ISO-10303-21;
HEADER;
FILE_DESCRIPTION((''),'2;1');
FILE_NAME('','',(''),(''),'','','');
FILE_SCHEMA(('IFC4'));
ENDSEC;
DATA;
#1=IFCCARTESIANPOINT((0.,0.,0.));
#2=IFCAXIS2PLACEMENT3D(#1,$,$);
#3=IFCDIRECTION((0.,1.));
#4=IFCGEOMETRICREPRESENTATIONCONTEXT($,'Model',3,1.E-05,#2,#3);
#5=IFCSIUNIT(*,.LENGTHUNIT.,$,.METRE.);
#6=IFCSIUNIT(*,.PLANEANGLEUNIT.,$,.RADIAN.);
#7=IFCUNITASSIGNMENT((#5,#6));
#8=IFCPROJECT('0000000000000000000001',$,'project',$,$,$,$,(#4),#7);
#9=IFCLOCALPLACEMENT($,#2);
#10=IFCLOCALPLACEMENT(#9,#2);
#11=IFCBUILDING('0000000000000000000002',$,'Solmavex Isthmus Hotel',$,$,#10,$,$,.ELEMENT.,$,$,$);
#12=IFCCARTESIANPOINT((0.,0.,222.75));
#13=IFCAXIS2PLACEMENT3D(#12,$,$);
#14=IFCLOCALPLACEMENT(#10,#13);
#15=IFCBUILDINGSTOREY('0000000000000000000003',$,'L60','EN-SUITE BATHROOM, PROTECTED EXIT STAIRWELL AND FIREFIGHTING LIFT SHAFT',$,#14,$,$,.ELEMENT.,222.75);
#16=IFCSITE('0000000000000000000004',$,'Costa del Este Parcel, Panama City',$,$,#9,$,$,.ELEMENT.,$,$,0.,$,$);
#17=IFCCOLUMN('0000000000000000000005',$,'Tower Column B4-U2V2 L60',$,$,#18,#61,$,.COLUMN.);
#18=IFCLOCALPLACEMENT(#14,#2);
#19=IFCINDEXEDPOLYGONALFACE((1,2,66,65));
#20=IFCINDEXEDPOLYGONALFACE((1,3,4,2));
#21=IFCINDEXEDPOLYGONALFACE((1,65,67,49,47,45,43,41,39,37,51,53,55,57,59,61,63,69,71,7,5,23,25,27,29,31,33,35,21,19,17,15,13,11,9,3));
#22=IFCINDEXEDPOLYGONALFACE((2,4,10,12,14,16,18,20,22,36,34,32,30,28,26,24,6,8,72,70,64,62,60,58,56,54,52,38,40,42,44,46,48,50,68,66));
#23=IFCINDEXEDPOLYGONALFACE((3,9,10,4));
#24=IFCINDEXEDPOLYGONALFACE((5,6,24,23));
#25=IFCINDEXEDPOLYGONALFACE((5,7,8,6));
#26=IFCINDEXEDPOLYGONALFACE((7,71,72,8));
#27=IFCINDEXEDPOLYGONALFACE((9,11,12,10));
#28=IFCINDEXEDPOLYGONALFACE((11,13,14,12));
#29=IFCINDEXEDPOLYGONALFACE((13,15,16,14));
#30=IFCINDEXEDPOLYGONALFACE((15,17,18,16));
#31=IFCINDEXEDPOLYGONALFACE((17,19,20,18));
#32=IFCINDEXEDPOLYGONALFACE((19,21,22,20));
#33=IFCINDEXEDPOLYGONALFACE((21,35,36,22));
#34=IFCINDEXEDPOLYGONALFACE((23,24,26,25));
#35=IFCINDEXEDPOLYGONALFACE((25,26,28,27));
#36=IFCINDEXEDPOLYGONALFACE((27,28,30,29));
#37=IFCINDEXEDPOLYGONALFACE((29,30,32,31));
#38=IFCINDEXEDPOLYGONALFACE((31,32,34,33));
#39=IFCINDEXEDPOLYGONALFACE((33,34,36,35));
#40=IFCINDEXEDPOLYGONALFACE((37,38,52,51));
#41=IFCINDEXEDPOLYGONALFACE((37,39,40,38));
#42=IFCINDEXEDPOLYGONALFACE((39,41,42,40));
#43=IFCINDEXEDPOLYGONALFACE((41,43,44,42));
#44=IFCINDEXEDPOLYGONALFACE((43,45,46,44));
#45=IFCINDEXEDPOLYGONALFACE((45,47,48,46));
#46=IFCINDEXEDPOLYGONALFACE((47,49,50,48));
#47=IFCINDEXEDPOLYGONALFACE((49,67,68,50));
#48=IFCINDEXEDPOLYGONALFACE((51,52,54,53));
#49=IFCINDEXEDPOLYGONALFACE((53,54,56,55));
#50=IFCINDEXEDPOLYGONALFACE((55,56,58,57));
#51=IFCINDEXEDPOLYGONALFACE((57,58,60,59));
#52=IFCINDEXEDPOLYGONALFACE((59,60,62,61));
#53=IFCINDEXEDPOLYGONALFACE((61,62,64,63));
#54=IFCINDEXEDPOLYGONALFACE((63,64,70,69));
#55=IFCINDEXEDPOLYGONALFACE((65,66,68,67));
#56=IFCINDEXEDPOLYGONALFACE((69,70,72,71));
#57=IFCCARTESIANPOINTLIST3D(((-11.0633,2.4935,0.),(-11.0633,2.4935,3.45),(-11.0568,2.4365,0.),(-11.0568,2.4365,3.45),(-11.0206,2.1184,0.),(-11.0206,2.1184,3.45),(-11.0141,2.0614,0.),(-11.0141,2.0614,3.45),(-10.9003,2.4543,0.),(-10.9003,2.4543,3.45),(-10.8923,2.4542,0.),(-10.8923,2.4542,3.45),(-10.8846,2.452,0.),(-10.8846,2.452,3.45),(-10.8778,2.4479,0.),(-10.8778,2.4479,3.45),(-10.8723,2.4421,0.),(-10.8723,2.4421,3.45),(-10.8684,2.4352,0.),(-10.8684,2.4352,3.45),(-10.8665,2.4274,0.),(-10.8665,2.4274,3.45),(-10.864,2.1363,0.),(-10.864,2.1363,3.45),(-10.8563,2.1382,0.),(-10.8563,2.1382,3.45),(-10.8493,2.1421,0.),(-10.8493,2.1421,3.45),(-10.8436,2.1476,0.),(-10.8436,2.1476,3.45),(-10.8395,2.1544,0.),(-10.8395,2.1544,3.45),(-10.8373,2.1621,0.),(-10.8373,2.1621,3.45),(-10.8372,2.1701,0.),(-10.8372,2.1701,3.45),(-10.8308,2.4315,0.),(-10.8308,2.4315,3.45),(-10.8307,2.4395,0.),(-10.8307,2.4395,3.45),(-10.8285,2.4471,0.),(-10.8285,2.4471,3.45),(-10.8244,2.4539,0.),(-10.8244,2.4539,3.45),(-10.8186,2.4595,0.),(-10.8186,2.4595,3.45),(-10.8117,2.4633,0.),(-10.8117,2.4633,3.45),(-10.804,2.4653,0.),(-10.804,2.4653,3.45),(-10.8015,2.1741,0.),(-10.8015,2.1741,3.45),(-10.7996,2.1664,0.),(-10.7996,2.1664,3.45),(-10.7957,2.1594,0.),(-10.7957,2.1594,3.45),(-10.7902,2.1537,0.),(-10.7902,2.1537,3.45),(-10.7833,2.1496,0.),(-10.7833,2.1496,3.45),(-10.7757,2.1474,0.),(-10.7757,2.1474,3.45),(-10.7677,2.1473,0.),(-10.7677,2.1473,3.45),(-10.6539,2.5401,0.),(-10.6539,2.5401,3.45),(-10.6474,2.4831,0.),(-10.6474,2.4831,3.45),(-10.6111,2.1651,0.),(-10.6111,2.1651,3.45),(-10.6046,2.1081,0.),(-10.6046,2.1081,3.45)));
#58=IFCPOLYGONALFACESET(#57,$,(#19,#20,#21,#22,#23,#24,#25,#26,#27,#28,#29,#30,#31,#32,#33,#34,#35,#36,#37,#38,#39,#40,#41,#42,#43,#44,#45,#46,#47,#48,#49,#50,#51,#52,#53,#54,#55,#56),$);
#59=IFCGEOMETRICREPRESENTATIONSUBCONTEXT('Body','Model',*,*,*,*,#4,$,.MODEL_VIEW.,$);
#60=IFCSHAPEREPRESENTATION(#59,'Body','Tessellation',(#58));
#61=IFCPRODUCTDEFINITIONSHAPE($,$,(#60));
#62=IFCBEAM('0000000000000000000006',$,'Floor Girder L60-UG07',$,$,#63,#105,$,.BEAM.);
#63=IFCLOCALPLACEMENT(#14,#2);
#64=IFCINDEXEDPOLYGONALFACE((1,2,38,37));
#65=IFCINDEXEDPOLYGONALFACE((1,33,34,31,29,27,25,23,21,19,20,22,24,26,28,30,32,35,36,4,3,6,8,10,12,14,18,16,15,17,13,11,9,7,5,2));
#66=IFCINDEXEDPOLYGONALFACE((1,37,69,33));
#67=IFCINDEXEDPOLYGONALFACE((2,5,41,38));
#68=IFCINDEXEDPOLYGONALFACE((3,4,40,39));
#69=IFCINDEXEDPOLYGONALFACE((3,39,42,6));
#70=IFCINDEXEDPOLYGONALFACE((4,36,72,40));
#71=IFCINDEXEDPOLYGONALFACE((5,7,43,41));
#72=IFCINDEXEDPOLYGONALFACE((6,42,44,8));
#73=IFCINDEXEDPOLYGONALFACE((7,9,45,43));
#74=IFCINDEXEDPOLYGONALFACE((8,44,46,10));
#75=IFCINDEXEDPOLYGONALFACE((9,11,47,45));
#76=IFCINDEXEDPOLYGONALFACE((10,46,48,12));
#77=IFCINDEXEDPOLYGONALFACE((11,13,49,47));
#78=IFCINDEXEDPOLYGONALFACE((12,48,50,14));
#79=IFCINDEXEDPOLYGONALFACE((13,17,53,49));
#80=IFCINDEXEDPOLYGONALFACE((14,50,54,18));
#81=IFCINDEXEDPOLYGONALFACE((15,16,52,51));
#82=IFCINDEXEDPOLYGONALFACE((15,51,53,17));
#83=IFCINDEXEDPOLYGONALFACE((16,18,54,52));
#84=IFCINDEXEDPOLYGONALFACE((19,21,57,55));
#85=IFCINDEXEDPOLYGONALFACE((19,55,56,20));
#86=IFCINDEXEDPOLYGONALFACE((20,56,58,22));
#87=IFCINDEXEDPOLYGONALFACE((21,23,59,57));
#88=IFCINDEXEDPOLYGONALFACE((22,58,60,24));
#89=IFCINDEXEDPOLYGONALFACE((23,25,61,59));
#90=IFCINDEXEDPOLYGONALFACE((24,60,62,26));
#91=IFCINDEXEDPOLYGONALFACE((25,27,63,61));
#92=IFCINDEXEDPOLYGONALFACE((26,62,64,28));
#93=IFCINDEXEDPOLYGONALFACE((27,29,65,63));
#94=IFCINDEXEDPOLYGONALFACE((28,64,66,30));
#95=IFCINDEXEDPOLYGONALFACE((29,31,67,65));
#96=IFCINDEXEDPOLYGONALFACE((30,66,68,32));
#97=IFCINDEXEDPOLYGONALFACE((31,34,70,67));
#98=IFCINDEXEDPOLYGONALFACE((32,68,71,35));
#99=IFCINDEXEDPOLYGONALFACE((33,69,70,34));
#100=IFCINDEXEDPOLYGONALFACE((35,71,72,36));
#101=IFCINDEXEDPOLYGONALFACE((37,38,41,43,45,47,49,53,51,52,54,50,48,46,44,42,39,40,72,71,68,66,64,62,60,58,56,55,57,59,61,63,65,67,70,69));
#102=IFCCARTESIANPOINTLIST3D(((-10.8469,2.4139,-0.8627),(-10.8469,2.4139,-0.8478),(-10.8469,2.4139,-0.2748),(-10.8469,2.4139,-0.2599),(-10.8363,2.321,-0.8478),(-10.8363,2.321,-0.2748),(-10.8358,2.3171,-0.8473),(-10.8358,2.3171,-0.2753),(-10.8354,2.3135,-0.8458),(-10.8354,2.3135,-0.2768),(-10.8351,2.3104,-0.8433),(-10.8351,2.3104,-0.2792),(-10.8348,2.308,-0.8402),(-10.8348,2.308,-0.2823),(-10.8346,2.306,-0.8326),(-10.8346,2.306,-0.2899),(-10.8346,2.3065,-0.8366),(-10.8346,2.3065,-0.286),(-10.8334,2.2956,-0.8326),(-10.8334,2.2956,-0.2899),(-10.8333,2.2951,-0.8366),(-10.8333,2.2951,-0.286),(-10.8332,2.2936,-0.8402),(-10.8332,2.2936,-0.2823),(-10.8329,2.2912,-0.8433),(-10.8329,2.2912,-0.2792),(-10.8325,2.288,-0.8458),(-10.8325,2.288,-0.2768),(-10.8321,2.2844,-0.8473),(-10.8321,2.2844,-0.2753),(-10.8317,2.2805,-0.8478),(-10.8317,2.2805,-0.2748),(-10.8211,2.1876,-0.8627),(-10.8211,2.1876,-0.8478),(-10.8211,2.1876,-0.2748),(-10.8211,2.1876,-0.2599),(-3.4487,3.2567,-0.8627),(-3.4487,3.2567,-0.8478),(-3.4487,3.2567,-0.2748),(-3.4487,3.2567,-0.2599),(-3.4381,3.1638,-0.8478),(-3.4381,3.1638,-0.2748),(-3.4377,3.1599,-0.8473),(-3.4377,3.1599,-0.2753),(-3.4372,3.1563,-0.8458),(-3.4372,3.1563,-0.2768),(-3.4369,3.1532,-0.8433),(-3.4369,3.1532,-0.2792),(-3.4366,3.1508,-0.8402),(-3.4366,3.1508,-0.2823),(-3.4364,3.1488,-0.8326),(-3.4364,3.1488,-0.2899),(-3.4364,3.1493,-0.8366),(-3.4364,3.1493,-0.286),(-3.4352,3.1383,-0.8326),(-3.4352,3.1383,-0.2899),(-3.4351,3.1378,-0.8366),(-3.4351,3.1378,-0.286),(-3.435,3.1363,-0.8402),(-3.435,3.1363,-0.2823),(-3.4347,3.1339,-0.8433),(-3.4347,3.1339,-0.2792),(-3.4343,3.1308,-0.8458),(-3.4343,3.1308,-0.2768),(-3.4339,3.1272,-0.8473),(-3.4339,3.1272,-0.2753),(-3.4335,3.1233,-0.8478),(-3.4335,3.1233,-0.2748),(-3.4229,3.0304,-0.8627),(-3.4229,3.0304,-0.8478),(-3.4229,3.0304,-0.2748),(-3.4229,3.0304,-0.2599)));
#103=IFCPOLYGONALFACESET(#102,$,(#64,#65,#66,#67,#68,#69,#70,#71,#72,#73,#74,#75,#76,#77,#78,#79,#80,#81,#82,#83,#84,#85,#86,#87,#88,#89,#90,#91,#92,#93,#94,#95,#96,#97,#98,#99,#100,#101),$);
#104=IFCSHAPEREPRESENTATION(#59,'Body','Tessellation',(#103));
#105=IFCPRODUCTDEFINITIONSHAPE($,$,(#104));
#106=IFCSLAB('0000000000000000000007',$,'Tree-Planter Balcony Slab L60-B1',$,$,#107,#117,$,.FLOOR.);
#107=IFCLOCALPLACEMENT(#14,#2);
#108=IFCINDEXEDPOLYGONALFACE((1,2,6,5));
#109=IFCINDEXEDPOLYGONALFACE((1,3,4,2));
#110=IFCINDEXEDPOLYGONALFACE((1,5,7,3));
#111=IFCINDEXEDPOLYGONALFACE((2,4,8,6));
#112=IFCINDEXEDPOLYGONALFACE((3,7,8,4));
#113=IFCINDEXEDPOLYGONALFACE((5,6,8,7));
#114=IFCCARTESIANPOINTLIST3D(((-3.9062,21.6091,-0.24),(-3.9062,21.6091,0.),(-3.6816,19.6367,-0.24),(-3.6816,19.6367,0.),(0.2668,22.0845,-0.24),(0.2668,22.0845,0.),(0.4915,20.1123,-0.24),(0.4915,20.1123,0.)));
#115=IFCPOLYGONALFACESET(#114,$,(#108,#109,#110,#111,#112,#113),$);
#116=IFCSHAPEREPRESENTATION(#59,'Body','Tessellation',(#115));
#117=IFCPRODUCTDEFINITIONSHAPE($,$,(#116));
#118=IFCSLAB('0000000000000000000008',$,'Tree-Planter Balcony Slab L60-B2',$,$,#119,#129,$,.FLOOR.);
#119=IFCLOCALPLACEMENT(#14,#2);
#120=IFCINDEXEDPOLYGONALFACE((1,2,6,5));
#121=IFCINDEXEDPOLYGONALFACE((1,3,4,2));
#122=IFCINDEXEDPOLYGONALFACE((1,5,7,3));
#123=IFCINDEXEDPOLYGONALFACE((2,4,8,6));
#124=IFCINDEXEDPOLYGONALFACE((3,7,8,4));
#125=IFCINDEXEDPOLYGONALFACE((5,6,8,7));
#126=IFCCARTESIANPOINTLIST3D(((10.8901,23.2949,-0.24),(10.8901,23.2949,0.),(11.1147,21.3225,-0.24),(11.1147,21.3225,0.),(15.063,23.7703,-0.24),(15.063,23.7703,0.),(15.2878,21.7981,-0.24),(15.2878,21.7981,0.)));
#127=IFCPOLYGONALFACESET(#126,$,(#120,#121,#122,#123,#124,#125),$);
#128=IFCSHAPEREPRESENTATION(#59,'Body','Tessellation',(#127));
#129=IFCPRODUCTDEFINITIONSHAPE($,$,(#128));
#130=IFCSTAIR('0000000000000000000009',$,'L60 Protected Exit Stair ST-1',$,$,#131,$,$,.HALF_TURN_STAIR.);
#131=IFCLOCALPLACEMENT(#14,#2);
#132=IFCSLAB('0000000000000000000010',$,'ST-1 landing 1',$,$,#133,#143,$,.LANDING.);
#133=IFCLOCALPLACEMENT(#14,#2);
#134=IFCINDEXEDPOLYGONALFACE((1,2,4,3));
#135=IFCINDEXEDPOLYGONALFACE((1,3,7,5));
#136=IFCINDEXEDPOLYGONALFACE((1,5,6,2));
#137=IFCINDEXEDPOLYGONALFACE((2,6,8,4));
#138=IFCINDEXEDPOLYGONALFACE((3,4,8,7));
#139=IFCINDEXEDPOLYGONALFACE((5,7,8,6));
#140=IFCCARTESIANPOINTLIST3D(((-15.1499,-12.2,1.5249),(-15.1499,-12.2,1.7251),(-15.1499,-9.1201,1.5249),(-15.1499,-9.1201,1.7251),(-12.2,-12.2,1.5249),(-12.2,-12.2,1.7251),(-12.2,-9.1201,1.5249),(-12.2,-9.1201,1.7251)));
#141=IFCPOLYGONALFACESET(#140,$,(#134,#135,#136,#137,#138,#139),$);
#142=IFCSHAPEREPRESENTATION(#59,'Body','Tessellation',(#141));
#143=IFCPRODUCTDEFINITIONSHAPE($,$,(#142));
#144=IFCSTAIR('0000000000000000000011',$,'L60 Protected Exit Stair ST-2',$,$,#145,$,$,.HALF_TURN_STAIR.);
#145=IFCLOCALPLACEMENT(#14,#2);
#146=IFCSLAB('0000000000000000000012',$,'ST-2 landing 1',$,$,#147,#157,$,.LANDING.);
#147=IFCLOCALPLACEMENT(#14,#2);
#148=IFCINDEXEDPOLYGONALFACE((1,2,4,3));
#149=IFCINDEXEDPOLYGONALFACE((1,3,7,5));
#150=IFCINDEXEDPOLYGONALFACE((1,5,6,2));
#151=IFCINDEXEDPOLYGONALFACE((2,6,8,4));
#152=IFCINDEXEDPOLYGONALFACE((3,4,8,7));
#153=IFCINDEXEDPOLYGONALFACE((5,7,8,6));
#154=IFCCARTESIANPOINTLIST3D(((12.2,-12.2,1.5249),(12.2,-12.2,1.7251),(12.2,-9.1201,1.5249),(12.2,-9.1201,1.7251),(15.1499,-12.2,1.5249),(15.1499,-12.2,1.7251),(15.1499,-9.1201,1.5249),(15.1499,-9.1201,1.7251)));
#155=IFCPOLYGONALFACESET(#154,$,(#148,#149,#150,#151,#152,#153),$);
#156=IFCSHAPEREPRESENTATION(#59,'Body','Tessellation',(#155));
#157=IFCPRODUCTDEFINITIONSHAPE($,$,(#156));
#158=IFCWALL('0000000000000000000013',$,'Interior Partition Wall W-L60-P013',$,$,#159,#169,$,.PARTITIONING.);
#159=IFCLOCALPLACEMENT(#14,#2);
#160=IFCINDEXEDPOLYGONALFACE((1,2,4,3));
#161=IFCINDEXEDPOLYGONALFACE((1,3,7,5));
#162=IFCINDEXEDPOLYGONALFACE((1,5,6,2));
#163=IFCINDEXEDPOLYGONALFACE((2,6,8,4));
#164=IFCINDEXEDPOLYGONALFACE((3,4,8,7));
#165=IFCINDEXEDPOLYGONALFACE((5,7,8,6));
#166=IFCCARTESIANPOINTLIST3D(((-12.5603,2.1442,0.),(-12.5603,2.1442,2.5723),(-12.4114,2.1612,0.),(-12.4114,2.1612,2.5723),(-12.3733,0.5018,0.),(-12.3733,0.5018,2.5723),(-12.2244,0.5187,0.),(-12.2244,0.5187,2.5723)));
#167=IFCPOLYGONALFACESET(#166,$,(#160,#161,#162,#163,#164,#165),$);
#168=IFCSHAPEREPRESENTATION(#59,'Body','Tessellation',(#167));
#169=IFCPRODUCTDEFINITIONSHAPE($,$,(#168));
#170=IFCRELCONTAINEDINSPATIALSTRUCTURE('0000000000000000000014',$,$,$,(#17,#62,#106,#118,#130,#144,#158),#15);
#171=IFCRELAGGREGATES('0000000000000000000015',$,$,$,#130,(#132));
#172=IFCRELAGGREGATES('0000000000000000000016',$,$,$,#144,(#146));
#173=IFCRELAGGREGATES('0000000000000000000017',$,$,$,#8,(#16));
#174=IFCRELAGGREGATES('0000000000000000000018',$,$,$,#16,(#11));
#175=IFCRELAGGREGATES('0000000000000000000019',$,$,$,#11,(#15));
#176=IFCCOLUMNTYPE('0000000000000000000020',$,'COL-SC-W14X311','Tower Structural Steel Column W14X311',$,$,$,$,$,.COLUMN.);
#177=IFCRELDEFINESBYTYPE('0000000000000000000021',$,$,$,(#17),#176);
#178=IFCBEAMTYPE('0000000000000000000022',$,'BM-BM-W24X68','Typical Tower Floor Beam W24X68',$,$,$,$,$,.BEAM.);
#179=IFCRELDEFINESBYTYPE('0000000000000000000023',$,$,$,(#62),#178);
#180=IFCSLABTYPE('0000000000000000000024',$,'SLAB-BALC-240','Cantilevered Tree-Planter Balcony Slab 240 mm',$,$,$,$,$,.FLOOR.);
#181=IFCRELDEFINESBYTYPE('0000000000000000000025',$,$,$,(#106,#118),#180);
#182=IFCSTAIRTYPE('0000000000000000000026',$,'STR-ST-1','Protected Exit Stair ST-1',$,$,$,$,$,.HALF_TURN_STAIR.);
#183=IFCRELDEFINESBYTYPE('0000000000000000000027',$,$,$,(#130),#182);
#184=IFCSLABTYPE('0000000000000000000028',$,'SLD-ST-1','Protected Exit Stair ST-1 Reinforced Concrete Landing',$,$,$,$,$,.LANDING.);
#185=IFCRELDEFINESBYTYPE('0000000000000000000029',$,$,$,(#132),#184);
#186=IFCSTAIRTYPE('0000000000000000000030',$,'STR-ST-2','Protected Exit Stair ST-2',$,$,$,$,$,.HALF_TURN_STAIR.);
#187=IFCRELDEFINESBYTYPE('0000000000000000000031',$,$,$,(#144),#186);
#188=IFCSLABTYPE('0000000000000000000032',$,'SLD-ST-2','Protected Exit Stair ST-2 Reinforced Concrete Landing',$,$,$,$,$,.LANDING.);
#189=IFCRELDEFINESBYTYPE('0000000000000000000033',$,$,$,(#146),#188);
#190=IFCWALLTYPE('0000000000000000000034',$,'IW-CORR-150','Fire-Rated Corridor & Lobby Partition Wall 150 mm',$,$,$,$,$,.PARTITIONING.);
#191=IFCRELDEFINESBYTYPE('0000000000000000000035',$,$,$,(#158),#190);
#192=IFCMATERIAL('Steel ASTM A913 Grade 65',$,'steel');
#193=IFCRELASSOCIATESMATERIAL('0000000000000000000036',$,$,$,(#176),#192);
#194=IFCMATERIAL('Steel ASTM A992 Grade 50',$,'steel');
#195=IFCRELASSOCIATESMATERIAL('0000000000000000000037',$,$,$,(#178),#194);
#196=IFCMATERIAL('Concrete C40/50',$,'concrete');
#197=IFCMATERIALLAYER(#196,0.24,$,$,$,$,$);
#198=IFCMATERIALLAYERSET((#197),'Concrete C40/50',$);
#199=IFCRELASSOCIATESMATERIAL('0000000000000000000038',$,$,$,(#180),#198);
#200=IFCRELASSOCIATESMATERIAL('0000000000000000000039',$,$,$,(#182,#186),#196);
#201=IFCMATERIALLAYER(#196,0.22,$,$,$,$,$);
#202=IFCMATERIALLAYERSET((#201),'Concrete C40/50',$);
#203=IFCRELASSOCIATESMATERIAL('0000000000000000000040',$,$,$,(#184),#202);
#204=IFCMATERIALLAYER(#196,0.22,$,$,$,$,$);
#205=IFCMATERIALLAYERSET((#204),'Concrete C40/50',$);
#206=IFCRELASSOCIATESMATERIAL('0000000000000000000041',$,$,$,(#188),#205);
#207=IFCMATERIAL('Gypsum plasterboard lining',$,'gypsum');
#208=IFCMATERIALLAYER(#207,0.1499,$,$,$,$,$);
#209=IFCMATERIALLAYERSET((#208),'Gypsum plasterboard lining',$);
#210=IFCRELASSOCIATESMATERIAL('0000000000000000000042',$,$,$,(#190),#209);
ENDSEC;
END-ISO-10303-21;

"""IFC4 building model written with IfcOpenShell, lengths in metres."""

from ifc_helpers import new_model, si_unit, direction, frame, frame_2d, origin, origin_2d, place, context, subcontext, project, spatial, polyline, rectangle, i_section, outline, extrude, material, layer, layer_set, material_profile, profile_set, type_object, element, aggregate, save


model = new_model("IFC4")

# Units and contexts
model_context = context("Model", 3, precision=1e-05, world=origin(), true_north=direction((0.0, 1.0)))
body_context = subcontext(model_context, "Body", "Model", "MODEL_VIEW")
ifc_project = project(units=[si_unit("LENGTHUNIT", "METRE"), si_unit("PLANEANGLEUNIT", "RADIAN")], contexts=[model_context])

# Site, building, storey
site_placement = place(None, origin())
site = spatial("IfcSite", under=ifc_project, at=site_placement, Name="Costa del Este Parcel, Panama City", CompositionType="ELEMENT", RefElevation=0.0)
building_placement = place(site_placement, origin())
building = spatial("IfcBuilding", under=site, at=building_placement, Name="Solmavex Isthmus Hotel", CompositionType="ELEMENT")
storey_placement = place(building_placement, frame((0.0, 0.0, 222.75)))
storey = spatial("IfcBuildingStorey", under=building, at=storey_placement, Name="L60", Description="EN-SUITE BATHROOM, PROTECTED EXIT STAIRWELL AND FIREFIGHTING LIFT SHAFT", CompositionType="ELEMENT", Elevation=222.75)

# Column
ifc_material_1 = material(Name="Steel ASTM A913 Grade 65", Category="steel")
ifc_material_profile_1 = material_profile(ifc_material_1, i_section(OverallWidth=0.4121, OverallDepth=0.4348, WebThickness=0.0359, FlangeThickness=0.0574, FilletRadius=0.0305, at=origin_2d()), Name="W14X311")
ifc_profile_set_1 = profile_set([ifc_material_profile_1], Name="Steel ASTM A913 Grade 65")
column_type = type_object("IfcColumnType", Name="COL-SC-W14X311", Description="Tower Structural Steel Column W14X311", PredefinedType="COLUMN", material=ifc_profile_set_1)
column_placement = place(storey_placement, frame((-10.834, 2.3008, 0.0), z_axis=(0.0, 0.0, 1.0), x_axis=(0.993572, 0.113203, 0.0)))
element("IfcColumn", 1, at=column_placement, inside=storey, type_object=column_type, Name="Tower Column B4-U2V2 L60", PredefinedType="COLUMN", context=body_context, shape_type="SweptSolid", body=[
    extrude(i_section(OverallWidth=0.4121, OverallDepth=0.4348, WebThickness=0.0359, FlangeThickness=0.0574, FilletRadius=0.0305, at=origin_2d()), origin(), (0.0, 0.0, 1.0), 3.45),
])

# Beam
ifc_material_2 = material(Name="Steel ASTM A992 Grade 50", Category="steel")
ifc_material_profile_2 = material_profile(ifc_material_2, i_section(OverallWidth=0.2278, OverallDepth=0.6028, WebThickness=0.0105, FlangeThickness=0.0149, FilletRadius=0.0151, at=origin_2d()), Name="W24X68")
ifc_profile_set_2 = profile_set([ifc_material_profile_2], Name="Steel ASTM A992 Grade 50")
beam_type = type_object("IfcBeamType", Name="BM-BM-W24X68", Description="Typical Tower Floor Beam W24X68", PredefinedType="BEAM", material=ifc_profile_set_2)
beam_placement = place(storey_placement, frame((-10.834, 2.3008, -0.5613), z_axis=(0.993574, 0.113184, 0.0), x_axis=(-0.113184, 0.993574, 0.0)))
element("IfcBeam", 2, at=beam_placement, inside=storey, type_object=beam_type, Name="Floor Girder L60-UG07", PredefinedType="BEAM", context=body_context, shape_type="SweptSolid", body=[
    extrude(i_section(OverallWidth=0.2278, OverallDepth=0.6028, WebThickness=0.0105, FlangeThickness=0.0149, FilletRadius=0.0151, at=origin_2d()), origin(), (0.0, 0.0, 1.0), 7.446),
])

# Slabs
ifc_material_3 = material(Name="Concrete C40/50", Category="concrete")
ifc_layer_1 = layer(ifc_material_3, 0.24)
ifc_layer_set_1 = layer_set([ifc_layer_1], Name="Concrete C40/50")
slab_type_1 = type_object("IfcSlabType", Name="SLAB-BALC-240", Description="Cantilevered Tree-Planter Balcony Slab 240 mm", PredefinedType="FLOOR", material=ifc_layer_set_1)
slab_1_placement = place(storey_placement, frame((0.0, 0.0, -0.24)))
element("IfcSlab", 3, at=slab_1_placement, inside=storey, type_object=slab_type_1, Name="Tree-Planter Balcony Slab L60-B1", PredefinedType="FLOOR", context=body_context, shape_type="SweptSolid", body=[
    extrude(outline(polyline([(-3.6816, 19.6367), (0.4915, 20.1123), (0.2668, 22.0845), (-3.9062, 21.6091), (-3.6816, 19.6367)])), origin(), (0.0, 0.0, 1.0), 0.24),
])
slab_2_placement = place(storey_placement, frame((0.0, 0.0, -0.24)))
element("IfcSlab", 4, at=slab_2_placement, inside=storey, type_object=slab_type_1, Name="Tree-Planter Balcony Slab L60-B2", PredefinedType="FLOOR", context=body_context, shape_type="SweptSolid", body=[
    extrude(outline(polyline([(11.1147, 21.3225), (15.2878, 21.7981), (15.063, 23.7703), (10.8901, 23.2949), (11.1147, 21.3225)])), origin(), (0.0, 0.0, 1.0), 0.24),
])

# Stairs, slabs
stair_type_1 = type_object("IfcStairType", Name="STR-ST-1", Description="Protected Exit Stair ST-1", PredefinedType="HALF_TURN_STAIR", material=ifc_material_3)
stair_1_placement = place(storey_placement, origin())
stair_1 = element("IfcStair", 5, at=stair_1_placement, inside=storey, type_object=stair_type_1, Name="L60 Protected Exit Stair ST-1", PredefinedType="HALF_TURN_STAIR")
ifc_layer_2 = layer(ifc_material_3, 0.22)
ifc_layer_set_2 = layer_set([ifc_layer_2], Name="Concrete C40/50")
slab_type_2 = type_object("IfcSlabType", Name="SLD-ST-1", Description="Protected Exit Stair ST-1 Reinforced Concrete Landing", PredefinedType="LANDING", material=ifc_layer_set_2)
slab_3_placement = place(storey_placement, frame((0.0, 0.0, 1.5249)))
slab_3 = element("IfcSlab", 6, at=slab_3_placement, type_object=slab_type_2, Name="ST-1 landing 1", PredefinedType="LANDING", context=body_context, shape_type="SweptSolid", body=[
    extrude(outline(polyline([(-15.1499, -9.1201), (-15.1499, -12.2), (-12.2, -12.2), (-12.2, -9.1201), (-15.1499, -9.1201)])), origin(), (0.0, 0.0, 1.0), 0.2002),
])
aggregate(stair_1, [slab_3])
stair_type_2 = type_object("IfcStairType", Name="STR-ST-2", Description="Protected Exit Stair ST-2", PredefinedType="HALF_TURN_STAIR", material=ifc_material_3)
stair_2_placement = place(storey_placement, origin())
stair_2 = element("IfcStair", 7, at=stair_2_placement, inside=storey, type_object=stair_type_2, Name="L60 Protected Exit Stair ST-2", PredefinedType="HALF_TURN_STAIR")
ifc_layer_3 = layer(ifc_material_3, 0.22)
ifc_layer_set_3 = layer_set([ifc_layer_3], Name="Concrete C40/50")
slab_type_3 = type_object("IfcSlabType", Name="SLD-ST-2", Description="Protected Exit Stair ST-2 Reinforced Concrete Landing", PredefinedType="LANDING", material=ifc_layer_set_3)
slab_4_placement = place(storey_placement, frame((0.0, 0.0, 1.5249)))
slab_4 = element("IfcSlab", 8, at=slab_4_placement, type_object=slab_type_3, Name="ST-2 landing 1", PredefinedType="LANDING", context=body_context, shape_type="SweptSolid", body=[
    extrude(outline(polyline([(12.2, -9.1201), (12.2, -12.2), (15.1499, -12.2), (15.1499, -9.1201), (12.2, -9.1201)])), origin(), (0.0, 0.0, 1.0), 0.2002),
])
aggregate(stair_2, [slab_4])

# Wall
ifc_material_4 = material(Name="Gypsum plasterboard lining", Category="gypsum")
ifc_layer_4 = layer(ifc_material_4, 0.1499)
ifc_layer_set_4 = layer_set([ifc_layer_4], Name="Gypsum plasterboard lining")
wall_type = type_object("IfcWallType", Name="IW-CORR-150", Description="Fire-Rated Corridor & Lobby Partition Wall 150 mm", PredefinedType="PARTITIONING", material=ifc_layer_set_4)
wall_1_placement = place(storey_placement, frame((-12.4858, 2.1528, 0.0), z_axis=(0.0, 0.0, 1.0), x_axis=(0.113122, -0.993581, 0.0)))
element("IfcWall", 9, at=wall_1_placement, inside=storey, type_object=wall_type, Name="Interior Partition Wall W-L60-P013", PredefinedType="PARTITIONING", context=body_context, shape_type="SweptSolid", body=[
    extrude(rectangle(XDim=1.6531, YDim=0.1499, at=frame_2d((0.8267, 0.0))), origin(), (0.0, 0.0, 1.0), 2.5723),
])

save(model, "model.ifc")
